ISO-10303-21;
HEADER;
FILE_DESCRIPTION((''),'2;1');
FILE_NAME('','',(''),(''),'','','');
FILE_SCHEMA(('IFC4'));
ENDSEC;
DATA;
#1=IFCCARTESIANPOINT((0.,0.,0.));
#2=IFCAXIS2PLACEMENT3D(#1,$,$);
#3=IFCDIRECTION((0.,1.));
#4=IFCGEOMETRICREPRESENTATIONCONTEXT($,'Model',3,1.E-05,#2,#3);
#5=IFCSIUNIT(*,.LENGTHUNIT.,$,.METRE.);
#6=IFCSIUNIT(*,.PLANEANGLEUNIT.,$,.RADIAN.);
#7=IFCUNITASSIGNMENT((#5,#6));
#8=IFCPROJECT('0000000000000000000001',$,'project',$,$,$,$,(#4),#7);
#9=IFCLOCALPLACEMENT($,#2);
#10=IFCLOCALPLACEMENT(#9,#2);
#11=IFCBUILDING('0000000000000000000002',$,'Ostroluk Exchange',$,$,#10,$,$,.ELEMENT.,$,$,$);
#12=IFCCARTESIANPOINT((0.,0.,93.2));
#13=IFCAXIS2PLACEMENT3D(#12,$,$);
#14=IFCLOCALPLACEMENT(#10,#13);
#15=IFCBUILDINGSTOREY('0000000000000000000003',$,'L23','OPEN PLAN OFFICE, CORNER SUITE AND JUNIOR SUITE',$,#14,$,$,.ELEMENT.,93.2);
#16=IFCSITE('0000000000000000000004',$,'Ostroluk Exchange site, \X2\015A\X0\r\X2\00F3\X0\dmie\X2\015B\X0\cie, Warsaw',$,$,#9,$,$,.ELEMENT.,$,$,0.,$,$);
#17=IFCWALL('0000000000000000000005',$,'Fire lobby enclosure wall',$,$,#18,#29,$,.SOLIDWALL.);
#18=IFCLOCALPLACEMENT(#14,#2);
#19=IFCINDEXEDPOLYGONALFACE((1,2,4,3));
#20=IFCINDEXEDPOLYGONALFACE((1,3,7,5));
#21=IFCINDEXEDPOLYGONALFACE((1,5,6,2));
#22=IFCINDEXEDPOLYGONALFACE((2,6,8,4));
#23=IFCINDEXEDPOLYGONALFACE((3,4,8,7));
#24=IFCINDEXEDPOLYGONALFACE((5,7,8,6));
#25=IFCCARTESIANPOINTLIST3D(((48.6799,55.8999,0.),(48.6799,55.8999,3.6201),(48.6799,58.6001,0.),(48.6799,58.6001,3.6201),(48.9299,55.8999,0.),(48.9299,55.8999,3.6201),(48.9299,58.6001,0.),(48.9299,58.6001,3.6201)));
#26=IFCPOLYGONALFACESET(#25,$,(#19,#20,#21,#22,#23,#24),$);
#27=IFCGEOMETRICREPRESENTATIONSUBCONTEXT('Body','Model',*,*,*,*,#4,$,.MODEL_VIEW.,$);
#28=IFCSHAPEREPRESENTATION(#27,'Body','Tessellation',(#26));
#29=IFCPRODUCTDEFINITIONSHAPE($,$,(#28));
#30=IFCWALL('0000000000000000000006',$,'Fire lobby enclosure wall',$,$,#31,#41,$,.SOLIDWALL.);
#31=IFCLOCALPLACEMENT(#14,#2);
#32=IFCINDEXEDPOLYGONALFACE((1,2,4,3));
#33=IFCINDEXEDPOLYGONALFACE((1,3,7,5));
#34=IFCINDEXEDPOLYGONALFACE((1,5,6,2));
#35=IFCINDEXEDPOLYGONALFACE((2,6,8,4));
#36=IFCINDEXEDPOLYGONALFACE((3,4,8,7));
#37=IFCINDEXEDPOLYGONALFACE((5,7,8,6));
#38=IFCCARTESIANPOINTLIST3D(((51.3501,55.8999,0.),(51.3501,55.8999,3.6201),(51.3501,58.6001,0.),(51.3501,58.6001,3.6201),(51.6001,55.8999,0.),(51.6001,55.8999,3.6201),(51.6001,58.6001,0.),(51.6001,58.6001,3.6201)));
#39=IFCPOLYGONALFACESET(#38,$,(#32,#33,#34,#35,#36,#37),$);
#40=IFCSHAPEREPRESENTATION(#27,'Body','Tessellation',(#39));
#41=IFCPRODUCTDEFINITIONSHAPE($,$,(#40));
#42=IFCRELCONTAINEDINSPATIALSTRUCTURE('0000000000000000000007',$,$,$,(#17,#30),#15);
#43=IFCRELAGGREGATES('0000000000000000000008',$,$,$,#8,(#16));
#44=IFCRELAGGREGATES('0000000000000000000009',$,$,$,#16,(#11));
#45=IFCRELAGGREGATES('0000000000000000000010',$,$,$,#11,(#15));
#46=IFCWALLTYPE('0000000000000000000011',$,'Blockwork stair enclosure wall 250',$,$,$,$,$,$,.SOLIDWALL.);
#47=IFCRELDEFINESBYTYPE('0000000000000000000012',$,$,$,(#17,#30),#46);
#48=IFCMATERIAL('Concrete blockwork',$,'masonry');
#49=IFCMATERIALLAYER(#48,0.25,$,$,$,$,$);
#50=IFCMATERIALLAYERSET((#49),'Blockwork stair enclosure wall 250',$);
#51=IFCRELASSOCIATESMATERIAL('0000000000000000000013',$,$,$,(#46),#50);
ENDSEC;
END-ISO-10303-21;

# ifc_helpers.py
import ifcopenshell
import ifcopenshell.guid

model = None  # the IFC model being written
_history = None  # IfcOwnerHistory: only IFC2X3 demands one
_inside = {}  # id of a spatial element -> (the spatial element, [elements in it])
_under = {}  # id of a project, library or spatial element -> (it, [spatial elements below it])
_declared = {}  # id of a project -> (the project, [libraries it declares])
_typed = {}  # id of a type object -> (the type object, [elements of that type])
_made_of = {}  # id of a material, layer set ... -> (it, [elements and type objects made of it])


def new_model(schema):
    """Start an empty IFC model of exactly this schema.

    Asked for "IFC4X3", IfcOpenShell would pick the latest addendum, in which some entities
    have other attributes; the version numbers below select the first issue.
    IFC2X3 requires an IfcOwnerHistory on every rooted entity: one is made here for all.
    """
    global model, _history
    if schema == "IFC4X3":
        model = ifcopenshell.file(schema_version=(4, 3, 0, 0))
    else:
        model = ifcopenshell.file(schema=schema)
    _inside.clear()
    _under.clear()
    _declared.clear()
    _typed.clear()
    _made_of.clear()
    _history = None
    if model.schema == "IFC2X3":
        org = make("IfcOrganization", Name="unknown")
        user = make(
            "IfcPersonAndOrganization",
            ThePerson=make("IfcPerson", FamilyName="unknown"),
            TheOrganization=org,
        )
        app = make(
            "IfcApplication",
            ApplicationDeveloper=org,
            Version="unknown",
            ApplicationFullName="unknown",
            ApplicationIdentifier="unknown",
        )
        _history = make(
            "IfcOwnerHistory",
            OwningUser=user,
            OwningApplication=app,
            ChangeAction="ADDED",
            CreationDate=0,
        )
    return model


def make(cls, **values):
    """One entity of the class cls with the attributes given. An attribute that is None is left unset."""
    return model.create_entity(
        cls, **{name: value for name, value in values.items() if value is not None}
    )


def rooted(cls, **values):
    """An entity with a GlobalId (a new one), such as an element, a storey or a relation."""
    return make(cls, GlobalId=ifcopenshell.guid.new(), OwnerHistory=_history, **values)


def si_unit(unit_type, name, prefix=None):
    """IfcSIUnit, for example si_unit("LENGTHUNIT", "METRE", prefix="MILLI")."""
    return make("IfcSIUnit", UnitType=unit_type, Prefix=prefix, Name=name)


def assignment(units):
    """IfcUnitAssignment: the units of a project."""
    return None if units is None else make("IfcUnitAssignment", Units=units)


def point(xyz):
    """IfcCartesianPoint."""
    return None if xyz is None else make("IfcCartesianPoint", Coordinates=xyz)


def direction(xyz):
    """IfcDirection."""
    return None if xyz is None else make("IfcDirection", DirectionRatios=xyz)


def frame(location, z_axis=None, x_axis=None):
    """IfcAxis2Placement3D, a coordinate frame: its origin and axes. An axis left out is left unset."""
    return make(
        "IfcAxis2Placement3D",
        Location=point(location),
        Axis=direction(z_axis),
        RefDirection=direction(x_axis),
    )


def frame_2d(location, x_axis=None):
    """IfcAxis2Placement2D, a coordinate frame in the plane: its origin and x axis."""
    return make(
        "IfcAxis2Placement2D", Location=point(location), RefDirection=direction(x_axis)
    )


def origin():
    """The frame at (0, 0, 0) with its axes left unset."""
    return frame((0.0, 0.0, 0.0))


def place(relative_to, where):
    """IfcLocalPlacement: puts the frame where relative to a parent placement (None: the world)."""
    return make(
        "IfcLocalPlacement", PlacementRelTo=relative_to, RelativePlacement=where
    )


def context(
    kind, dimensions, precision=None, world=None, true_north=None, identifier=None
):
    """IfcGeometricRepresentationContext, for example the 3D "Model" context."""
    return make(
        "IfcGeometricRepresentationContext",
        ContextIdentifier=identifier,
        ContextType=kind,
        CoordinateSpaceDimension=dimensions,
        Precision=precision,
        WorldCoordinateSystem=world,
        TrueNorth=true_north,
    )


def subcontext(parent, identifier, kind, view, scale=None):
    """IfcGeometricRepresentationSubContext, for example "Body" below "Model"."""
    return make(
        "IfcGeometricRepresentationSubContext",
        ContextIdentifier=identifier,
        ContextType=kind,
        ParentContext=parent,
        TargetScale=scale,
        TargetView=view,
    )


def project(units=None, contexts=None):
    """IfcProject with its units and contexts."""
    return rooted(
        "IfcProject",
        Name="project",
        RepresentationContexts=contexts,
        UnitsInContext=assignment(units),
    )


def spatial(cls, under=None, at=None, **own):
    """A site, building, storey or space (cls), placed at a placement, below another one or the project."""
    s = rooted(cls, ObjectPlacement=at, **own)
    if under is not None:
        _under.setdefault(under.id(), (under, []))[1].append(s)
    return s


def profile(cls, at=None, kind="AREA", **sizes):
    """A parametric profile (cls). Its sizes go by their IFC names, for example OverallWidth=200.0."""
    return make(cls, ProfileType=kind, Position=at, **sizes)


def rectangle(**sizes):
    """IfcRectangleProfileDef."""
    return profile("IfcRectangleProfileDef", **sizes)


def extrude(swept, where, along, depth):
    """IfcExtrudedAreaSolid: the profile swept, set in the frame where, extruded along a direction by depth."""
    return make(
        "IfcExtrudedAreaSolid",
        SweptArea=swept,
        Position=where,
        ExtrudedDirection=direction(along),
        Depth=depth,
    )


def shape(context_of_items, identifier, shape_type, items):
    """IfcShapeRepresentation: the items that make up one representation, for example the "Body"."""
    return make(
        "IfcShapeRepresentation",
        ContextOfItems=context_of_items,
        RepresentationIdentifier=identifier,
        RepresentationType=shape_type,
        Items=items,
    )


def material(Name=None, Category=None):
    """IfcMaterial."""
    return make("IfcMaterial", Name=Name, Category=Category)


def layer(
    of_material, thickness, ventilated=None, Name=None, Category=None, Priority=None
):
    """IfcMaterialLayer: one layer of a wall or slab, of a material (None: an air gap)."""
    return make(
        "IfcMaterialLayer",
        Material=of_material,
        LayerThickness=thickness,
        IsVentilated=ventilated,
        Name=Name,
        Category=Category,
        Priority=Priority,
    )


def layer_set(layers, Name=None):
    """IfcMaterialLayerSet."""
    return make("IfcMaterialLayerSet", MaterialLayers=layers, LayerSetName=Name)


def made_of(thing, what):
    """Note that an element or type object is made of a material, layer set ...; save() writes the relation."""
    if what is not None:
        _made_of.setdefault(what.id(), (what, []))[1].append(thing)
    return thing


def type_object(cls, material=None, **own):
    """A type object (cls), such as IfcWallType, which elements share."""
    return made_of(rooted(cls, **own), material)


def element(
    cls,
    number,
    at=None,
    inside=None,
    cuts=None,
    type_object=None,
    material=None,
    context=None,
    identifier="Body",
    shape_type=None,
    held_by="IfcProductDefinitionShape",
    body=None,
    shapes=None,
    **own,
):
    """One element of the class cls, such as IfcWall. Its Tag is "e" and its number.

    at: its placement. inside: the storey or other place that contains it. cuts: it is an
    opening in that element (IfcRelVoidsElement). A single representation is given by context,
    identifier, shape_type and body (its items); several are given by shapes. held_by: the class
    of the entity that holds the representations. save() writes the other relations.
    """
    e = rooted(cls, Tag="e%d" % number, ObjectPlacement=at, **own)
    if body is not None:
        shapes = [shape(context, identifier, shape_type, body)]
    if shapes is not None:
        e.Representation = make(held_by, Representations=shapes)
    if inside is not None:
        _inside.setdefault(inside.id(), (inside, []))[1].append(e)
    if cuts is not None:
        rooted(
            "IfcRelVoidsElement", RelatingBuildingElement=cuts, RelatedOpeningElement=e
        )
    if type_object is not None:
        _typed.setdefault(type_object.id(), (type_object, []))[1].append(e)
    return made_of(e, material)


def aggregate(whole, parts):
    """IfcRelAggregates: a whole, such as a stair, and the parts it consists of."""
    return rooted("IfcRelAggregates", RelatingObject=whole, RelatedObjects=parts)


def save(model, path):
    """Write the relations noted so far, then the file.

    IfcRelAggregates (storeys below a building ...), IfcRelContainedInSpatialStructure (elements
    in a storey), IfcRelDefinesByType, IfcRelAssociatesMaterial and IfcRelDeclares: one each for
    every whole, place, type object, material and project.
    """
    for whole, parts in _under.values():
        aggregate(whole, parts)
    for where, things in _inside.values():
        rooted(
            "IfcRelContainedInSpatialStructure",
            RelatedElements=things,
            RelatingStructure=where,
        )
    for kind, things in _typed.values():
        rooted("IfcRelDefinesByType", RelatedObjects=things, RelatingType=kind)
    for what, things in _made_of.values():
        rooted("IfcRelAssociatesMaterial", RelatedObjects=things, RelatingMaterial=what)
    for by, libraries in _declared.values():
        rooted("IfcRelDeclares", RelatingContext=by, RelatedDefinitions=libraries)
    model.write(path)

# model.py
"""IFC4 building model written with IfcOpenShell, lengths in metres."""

from ifc_helpers import new_model, si_unit, direction, frame, frame_2d, origin, place, context, subcontext, project, spatial, rectangle, extrude, material, layer, layer_set, type_object, element, save


model = new_model("IFC4")

# Units and contexts
model_context = context("Model", 3, precision=1e-05, world=origin(), true_north=direction((0.0, 1.0)))
body_context = subcontext(model_context, "Body", "Model", "MODEL_VIEW")
ifc_project = project(units=[si_unit("LENGTHUNIT", "METRE"), si_unit("PLANEANGLEUNIT", "RADIAN")], contexts=[model_context])

# Site, building, storey
site_placement = place(None, origin())
site = spatial("IfcSite", under=ifc_project, at=site_placement, Name="Ostroluk Exchange site, Śródmieście, Warsaw", CompositionType="ELEMENT", RefElevation=0.0)
building_placement = place(site_placement, origin())
building = spatial("IfcBuilding", under=site, at=building_placement, Name="Ostroluk Exchange", CompositionType="ELEMENT")
storey_placement = place(building_placement, frame((0.0, 0.0, 93.2)))
storey = spatial("IfcBuildingStorey", under=building, at=storey_placement, Name="L23", Description="OPEN PLAN OFFICE, CORNER SUITE AND JUNIOR SUITE", CompositionType="ELEMENT", Elevation=93.2)

# Walls
ifc_material_1 = material(Name="Concrete blockwork", Category="masonry")
ifc_layer_1 = layer(ifc_material_1, 0.25)
ifc_layer_set_1 = layer_set([ifc_layer_1], Name="Blockwork stair enclosure wall 250")
wall_type_1 = type_object("IfcWallType", Name="Blockwork stair enclosure wall 250", PredefinedType="SOLIDWALL", material=ifc_layer_set_1)
for number, where, z_axis, x_axis, name in (
    (1, (48.8049, 55.8999, 0.0), (0.0, 0.0, 1.0), (0.0, 1.0, 0.0), "Fire lobby enclosure wall"),
    (2, (51.4751, 55.8999, 0.0), (0.0, 0.0, 1.0), (0.0, 1.0, 0.0), "Fire lobby enclosure wall"),
):
    element("IfcWall", number, at=place(storey_placement, frame(where, z_axis=z_axis, x_axis=x_axis)), inside=storey, type_object=wall_type_1, Name=name, PredefinedType="SOLIDWALL", context=body_context, shape_type="SweptSolid", body=[
        extrude(rectangle(XDim=2.7002, YDim=0.25, at=frame_2d((1.3501, 0.0))), origin(), (0.0, 0.0, 1.0), 3.6201),
    ])

save(model, "model.ifc")
